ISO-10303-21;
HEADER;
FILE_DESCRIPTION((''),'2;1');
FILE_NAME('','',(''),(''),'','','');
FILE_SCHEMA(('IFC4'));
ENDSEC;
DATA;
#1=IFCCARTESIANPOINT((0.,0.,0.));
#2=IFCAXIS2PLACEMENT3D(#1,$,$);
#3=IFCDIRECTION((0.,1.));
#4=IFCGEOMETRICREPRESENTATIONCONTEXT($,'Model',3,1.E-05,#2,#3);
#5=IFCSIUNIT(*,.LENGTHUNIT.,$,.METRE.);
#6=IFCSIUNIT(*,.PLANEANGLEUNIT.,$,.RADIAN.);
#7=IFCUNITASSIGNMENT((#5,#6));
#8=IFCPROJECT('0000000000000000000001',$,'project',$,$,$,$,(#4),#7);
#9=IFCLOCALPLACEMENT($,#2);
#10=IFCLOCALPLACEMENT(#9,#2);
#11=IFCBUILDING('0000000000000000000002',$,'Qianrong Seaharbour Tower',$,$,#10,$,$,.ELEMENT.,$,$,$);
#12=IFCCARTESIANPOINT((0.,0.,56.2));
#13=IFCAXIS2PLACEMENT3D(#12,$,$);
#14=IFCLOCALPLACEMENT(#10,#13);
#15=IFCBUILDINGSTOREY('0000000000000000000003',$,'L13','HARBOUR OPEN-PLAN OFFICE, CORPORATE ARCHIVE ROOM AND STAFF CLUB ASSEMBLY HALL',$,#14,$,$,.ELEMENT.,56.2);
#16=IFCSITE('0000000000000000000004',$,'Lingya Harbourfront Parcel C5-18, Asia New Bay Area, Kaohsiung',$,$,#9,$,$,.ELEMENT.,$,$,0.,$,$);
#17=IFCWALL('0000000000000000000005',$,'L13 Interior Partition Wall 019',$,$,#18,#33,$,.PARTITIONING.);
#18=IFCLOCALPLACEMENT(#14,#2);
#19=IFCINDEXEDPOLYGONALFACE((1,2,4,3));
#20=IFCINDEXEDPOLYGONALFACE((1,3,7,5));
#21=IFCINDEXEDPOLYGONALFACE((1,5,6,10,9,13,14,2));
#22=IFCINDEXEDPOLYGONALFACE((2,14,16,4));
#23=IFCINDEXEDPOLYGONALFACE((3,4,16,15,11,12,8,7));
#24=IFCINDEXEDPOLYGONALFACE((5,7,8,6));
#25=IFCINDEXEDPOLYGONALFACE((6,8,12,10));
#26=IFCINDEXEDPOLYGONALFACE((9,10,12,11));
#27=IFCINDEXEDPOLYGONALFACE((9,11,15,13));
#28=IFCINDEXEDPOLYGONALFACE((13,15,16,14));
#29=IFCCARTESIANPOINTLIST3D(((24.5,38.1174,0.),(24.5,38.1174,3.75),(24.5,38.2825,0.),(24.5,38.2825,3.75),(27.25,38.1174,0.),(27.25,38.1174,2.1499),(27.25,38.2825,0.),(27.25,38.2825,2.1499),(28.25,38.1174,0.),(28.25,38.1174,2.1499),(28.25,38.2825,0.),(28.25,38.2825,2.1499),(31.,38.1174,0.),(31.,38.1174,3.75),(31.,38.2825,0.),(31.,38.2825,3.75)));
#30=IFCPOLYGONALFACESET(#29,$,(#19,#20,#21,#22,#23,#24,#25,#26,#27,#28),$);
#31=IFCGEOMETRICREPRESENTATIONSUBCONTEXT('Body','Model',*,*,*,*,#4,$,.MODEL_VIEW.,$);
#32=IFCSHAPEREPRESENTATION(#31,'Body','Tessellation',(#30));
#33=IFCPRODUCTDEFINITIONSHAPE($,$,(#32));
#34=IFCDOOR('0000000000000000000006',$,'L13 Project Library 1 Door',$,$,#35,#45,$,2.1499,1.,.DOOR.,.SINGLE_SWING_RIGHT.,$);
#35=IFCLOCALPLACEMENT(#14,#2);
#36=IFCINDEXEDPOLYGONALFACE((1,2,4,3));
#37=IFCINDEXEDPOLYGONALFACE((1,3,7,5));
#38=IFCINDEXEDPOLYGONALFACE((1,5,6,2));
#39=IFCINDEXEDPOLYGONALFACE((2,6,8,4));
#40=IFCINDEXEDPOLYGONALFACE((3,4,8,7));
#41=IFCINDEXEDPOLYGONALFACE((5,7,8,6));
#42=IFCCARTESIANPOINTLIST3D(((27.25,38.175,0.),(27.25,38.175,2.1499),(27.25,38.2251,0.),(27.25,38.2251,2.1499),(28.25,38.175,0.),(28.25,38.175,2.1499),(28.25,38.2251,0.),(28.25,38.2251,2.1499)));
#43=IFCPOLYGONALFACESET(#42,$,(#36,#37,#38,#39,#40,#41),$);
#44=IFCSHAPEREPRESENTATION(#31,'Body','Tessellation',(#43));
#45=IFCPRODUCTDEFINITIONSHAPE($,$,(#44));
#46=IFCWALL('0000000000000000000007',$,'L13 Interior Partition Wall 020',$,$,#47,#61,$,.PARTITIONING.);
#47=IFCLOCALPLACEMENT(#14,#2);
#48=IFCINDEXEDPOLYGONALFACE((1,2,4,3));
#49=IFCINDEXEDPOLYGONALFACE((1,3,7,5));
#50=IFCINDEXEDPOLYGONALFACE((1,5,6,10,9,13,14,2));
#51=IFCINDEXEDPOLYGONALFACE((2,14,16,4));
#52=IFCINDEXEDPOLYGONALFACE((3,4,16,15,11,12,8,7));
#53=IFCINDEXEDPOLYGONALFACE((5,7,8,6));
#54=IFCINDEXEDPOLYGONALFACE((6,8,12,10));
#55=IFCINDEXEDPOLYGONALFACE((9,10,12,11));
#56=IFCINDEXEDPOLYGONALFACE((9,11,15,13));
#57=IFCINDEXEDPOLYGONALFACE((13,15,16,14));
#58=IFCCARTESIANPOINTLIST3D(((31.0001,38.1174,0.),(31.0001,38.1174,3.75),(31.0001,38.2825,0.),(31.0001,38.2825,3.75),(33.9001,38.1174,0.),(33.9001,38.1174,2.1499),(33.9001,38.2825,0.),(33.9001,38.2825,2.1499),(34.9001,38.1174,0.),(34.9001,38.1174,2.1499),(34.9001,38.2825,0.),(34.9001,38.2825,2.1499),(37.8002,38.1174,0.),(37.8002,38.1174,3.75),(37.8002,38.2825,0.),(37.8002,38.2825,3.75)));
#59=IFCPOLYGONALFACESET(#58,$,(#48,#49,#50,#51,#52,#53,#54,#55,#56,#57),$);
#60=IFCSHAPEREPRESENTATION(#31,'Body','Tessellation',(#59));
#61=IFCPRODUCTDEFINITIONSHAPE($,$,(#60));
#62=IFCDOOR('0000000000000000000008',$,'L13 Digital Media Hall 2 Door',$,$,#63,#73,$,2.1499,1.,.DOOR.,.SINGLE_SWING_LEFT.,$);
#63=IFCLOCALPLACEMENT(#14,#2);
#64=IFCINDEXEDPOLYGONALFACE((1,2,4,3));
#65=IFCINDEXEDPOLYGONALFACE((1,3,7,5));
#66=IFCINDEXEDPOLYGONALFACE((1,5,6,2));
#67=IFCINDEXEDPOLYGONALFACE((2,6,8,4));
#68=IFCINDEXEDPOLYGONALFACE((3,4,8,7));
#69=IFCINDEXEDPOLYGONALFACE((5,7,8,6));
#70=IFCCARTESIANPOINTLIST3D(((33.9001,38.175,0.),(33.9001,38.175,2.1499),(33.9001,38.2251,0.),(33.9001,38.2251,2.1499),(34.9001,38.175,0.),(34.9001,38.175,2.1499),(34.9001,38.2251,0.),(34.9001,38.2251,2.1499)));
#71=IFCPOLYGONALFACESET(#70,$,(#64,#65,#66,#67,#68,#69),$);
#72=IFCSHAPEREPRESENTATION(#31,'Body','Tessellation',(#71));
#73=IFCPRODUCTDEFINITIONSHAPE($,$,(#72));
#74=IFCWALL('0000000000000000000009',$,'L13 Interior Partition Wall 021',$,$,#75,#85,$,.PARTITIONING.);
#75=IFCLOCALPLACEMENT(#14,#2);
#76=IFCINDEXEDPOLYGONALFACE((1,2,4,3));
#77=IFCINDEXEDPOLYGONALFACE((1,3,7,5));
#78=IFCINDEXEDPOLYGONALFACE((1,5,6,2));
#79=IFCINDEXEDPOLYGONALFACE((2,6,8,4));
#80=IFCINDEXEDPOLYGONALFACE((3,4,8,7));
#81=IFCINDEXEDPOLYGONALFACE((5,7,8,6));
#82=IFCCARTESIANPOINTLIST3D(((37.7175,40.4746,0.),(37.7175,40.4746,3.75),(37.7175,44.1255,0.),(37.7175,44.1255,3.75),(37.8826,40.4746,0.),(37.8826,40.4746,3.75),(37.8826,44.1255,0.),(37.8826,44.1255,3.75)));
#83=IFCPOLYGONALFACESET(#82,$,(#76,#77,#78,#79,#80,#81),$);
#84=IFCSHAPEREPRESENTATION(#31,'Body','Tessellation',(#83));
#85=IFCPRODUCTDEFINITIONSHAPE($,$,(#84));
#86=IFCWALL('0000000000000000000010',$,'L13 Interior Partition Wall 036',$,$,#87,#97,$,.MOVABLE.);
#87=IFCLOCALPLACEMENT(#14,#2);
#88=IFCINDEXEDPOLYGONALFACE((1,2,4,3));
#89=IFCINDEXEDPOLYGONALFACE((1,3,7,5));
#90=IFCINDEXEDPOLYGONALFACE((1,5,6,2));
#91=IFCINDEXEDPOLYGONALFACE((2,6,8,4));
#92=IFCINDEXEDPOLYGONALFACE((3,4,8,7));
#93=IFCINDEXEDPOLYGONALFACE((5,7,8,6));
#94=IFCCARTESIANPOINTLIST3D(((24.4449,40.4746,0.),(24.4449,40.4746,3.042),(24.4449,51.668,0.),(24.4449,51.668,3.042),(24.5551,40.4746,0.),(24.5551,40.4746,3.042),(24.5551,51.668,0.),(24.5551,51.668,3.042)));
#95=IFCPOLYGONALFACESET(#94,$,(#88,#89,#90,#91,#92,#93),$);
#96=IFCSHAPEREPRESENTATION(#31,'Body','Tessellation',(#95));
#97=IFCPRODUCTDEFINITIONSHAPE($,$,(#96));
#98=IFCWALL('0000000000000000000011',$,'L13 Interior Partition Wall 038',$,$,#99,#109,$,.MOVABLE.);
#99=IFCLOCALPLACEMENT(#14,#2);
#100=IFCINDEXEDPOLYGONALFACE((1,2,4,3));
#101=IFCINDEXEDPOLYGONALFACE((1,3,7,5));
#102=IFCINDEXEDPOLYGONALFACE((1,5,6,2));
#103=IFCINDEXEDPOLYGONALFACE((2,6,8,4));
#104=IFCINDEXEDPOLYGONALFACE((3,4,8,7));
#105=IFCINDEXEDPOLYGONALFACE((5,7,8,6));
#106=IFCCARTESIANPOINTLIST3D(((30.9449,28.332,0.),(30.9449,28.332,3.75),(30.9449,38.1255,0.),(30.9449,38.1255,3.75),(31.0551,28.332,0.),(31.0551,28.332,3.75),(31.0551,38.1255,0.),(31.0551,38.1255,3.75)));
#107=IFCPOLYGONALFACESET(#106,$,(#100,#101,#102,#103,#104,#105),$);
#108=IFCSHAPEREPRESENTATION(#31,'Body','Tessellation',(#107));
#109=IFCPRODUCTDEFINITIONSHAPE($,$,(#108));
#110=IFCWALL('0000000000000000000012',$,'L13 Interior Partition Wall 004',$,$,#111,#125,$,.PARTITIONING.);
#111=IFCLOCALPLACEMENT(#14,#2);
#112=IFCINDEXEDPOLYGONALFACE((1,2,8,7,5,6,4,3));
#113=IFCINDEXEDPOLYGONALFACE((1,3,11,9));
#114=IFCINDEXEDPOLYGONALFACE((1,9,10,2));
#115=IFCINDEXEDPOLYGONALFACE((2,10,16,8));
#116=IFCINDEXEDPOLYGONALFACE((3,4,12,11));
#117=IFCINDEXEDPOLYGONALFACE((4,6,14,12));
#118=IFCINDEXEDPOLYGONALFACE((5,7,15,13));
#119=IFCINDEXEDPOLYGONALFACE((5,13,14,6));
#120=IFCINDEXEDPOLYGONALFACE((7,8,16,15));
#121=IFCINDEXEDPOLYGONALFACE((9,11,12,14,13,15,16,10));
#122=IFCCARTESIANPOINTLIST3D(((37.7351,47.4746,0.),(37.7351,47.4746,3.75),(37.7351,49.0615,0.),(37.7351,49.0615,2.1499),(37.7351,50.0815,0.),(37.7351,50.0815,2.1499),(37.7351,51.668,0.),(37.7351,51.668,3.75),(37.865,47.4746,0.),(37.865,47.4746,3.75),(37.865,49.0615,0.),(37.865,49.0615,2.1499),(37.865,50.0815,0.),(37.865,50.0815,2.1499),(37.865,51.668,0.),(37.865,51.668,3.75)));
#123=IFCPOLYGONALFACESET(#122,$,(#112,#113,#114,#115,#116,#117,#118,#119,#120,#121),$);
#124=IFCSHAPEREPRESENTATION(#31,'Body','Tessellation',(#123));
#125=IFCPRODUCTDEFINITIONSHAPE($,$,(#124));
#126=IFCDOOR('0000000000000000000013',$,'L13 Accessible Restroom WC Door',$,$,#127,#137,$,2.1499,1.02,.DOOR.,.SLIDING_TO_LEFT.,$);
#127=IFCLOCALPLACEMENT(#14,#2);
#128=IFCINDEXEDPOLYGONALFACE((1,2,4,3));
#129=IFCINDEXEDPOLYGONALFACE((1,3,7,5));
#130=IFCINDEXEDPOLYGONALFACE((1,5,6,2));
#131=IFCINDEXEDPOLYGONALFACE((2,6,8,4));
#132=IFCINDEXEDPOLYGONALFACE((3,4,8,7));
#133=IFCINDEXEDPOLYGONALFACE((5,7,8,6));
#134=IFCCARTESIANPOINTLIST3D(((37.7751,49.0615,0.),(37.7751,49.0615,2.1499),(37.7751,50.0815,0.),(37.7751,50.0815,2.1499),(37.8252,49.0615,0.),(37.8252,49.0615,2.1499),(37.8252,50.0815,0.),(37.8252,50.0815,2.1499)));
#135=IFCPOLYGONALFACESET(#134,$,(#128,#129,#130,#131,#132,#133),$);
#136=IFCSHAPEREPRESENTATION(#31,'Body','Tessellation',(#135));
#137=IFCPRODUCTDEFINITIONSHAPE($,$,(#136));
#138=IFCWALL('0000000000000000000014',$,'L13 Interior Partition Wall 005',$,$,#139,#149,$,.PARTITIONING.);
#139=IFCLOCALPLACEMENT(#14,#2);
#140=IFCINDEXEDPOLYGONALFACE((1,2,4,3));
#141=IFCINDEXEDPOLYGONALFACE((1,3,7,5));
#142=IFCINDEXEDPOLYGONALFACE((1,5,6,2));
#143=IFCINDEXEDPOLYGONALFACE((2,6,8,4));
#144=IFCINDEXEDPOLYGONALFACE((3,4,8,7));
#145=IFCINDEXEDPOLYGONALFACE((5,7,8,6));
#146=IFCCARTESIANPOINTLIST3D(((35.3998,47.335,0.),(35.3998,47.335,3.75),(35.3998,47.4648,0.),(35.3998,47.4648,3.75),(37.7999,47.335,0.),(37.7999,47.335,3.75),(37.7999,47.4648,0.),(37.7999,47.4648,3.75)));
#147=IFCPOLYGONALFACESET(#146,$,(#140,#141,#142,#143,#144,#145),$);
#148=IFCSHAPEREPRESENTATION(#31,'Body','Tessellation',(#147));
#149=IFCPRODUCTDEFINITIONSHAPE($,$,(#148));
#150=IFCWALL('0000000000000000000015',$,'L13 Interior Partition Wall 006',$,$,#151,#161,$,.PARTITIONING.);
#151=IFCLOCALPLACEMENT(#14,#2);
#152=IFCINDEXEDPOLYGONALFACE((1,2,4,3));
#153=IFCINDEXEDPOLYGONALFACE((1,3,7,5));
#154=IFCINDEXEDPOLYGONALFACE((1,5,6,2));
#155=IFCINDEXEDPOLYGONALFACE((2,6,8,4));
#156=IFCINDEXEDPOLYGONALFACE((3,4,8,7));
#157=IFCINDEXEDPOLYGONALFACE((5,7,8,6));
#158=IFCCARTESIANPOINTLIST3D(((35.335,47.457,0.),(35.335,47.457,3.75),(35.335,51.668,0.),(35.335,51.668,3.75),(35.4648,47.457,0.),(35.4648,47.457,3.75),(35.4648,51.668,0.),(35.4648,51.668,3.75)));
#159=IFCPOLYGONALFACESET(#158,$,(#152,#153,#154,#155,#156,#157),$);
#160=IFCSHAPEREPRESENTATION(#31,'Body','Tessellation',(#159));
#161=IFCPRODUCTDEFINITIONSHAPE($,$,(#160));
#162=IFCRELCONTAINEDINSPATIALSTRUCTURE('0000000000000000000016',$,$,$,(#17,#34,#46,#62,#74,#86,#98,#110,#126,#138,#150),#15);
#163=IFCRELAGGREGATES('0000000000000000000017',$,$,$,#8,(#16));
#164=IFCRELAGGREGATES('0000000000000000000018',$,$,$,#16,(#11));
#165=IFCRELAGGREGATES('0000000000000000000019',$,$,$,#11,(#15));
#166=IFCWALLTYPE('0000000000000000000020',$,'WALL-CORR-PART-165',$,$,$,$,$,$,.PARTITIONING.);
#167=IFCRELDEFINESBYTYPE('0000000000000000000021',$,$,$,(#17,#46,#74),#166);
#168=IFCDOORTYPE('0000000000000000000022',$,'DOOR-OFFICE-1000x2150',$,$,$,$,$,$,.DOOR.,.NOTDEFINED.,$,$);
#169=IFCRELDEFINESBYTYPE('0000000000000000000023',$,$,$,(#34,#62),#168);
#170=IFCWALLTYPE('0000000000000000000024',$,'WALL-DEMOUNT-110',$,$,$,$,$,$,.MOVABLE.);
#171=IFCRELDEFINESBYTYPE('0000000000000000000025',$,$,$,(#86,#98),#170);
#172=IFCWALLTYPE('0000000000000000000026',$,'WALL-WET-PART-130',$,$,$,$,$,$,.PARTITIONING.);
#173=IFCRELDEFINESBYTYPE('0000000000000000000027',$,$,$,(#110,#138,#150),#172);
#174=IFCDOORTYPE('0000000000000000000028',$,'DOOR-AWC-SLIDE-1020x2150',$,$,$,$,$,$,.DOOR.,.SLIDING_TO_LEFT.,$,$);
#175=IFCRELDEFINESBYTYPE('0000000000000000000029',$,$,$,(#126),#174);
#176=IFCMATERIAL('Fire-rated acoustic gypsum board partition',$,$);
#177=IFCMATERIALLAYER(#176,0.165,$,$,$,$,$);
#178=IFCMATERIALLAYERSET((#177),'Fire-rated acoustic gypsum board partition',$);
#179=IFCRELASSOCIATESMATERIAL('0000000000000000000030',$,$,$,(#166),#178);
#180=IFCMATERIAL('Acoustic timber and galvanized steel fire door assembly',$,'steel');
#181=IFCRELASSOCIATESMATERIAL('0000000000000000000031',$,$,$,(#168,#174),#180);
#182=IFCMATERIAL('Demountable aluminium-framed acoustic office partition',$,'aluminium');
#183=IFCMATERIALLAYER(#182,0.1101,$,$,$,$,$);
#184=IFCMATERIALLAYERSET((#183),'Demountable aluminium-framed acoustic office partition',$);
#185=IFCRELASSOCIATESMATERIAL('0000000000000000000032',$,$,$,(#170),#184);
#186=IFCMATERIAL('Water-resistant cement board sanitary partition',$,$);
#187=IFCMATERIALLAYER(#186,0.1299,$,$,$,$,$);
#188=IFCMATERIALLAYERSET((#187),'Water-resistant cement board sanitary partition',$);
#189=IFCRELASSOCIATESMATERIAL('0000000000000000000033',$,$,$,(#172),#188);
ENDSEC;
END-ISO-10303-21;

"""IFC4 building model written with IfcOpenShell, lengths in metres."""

from ifc_helpers import new_model, si_unit, direction, frame, frame_2d, origin, place, context, subcontext, project, spatial, rectangle, extrude, material, layer, layer_set, type_object, element, fill, save


model = new_model("IFC4")

# Units and contexts
model_context = context("Model", 3, precision=1e-05, world=origin(), true_north=direction((0.0, 1.0)))
body_context = subcontext(model_context, "Body", "Model", "MODEL_VIEW")
ifc_project = project(units=[si_unit("LENGTHUNIT", "METRE"), si_unit("PLANEANGLEUNIT", "RADIAN")], contexts=[model_context])

# Site, building, storey
site_placement = place(None, origin())
site = spatial("IfcSite", under=ifc_project, at=site_placement, Name="Lingya Harbourfront Parcel C5-18, Asia New Bay Area, Kaohsiung", CompositionType="ELEMENT", RefElevation=0.0)
building_placement = place(site_placement, origin())
building = spatial("IfcBuilding", under=site, at=building_placement, Name="Qianrong Seaharbour Tower", CompositionType="ELEMENT")
storey_placement = place(building_placement, frame((0.0, 0.0, 56.2)))
storey = spatial("IfcBuildingStorey", under=building, at=storey_placement, Name="L13", Description="HARBOUR OPEN-PLAN OFFICE, CORPORATE ARCHIVE ROOM AND STAFF CLUB ASSEMBLY HALL", CompositionType="ELEMENT", Elevation=56.2)

# Shared definitions
ifc_material_1 = material(Name="Fire-rated acoustic gypsum board partition")
ifc_layer_1 = layer(ifc_material_1, 0.165)
ifc_layer_set_1 = layer_set([ifc_layer_1], Name="Fire-rated acoustic gypsum board partition")
wall_type_1 = type_object("IfcWallType", Name="WALL-CORR-PART-165", PredefinedType="PARTITIONING", material=ifc_layer_set_1)
ifc_material_2 = material(Name="Acoustic timber and galvanized steel fire door assembly", Category="steel")

# Walls, openings, doors
wall_1_placement = place(storey_placement, frame((31.0, 38.2, 0.0), z_axis=(0.0, 0.0, 1.0), x_axis=(-1.0, 0.0, 0.0)))
wall_1 = element("IfcWall", 1, at=wall_1_placement, inside=storey, type_object=wall_type_1, Name="L13 Interior Partition Wall 019", PredefinedType="PARTITIONING", context=body_context, shape_type="SweptSolid", body=[
    extrude(rectangle(XDim=6.5, YDim=0.165, at=frame_2d((3.25, 0.0))), origin(), (0.0, 0.0, 1.0), 3.75),
])
opening_1_placement = place(wall_1_placement, frame((2.75, 0.0, 0.0)))
opening_1 = element("IfcOpeningElement", 2, at=opening_1_placement, cuts=wall_1, PredefinedType="OPENING", context=body_context, shape_type="SweptSolid", body=[
    extrude(rectangle(XDim=1.0, YDim=2.1499, at=frame_2d((0.5, 1.075))), frame((0.0, 0.0925, 0.0), z_axis=(0.0, -1.0, 0.0), x_axis=(1.0, 0.0, 0.0)), (0.0, 0.0, 1.0), 0.1851),
])
door_type_1 = type_object("IfcDoorType", Name="DOOR-OFFICE-1000x2150", OperationType="NOTDEFINED", PredefinedType="DOOR", material=ifc_material_2)
door_1_placement = place(opening_1_placement, origin())
door_1 = element("IfcDoor", 3, at=door_1_placement, inside=storey, type_object=door_type_1, Name="L13 Project Library 1 Door", OperationType="SINGLE_SWING_RIGHT", OverallHeight=2.1499, OverallWidth=1.0, PredefinedType="DOOR", context=body_context, shape_type="SweptSolid", body=[
    extrude(rectangle(XDim=1.0, YDim=2.1499, at=frame_2d((0.5, 1.075))), frame((0.0, 0.0249, 0.0), z_axis=(0.0, -1.0, 0.0), x_axis=(1.0, 0.0, 0.0)), (0.0, 0.0, 1.0), 0.05),
])
fill(opening_1, door_1)
wall_2_placement = place(storey_placement, frame((37.8, 38.2, 0.0), z_axis=(0.0, 0.0, 1.0), x_axis=(-1.0, 0.0, 0.0)))
wall_2 = element("IfcWall", 4, at=wall_2_placement, inside=storey, type_object=wall_type_1, Name="L13 Interior Partition Wall 020", PredefinedType="PARTITIONING", context=body_context, shape_type="SweptSolid", body=[
    extrude(rectangle(XDim=6.8, YDim=0.165, at=frame_2d((3.3999, 0.0))), origin(), (0.0, 0.0, 1.0), 3.75),
])
opening_2_placement = place(wall_2_placement, frame((2.8999, 0.0, 0.0)))
opening_2 = element("IfcOpeningElement", 5, at=opening_2_placement, cuts=wall_2, PredefinedType="OPENING", context=body_context, shape_type="SweptSolid", body=[
    extrude(rectangle(XDim=1.0, YDim=2.1499, at=frame_2d((0.5, 1.075))), frame((0.0, 0.0925, 0.0), z_axis=(0.0, -1.0, 0.0), x_axis=(1.0, 0.0, 0.0)), (0.0, 0.0, 1.0), 0.1851),
])
door_2_placement = place(opening_2_placement, origin())
door_2 = element("IfcDoor", 6, at=door_2_placement, inside=storey, type_object=door_type_1, Name="L13 Digital Media Hall 2 Door", OperationType="SINGLE_SWING_LEFT", OverallHeight=2.1499, OverallWidth=1.0, PredefinedType="DOOR", context=body_context, shape_type="SweptSolid", body=[
    extrude(rectangle(XDim=1.0, YDim=2.1499, at=frame_2d((0.5, 1.075))), frame((0.0, 0.0249, 0.0), z_axis=(0.0, -1.0, 0.0), x_axis=(1.0, 0.0, 0.0)), (0.0, 0.0, 1.0), 0.05),
])
fill(opening_2, door_2)

# Walls
wall_3_placement = place(storey_placement, frame((37.8, 40.4746, 0.0), z_axis=(0.0, 0.0, 1.0), x_axis=(0.0, 1.0, 0.0)))
element("IfcWall", 7, at=wall_3_placement, inside=storey, type_object=wall_type_1, Name="L13 Interior Partition Wall 021", PredefinedType="PARTITIONING", context=body_context, shape_type="SweptSolid", body=[
    extrude(rectangle(XDim=3.6509, YDim=0.165, at=frame_2d((1.8254, 0.0))), origin(), (0.0, 0.0, 1.0), 3.75),
])
ifc_material_3 = material(Name="Demountable aluminium-framed acoustic office partition", Category="aluminium")
ifc_layer_2 = layer(ifc_material_3, 0.1101)
ifc_layer_set_2 = layer_set([ifc_layer_2], Name="Demountable aluminium-framed acoustic office partition")
wall_type_2 = type_object("IfcWallType", Name="WALL-DEMOUNT-110", PredefinedType="MOVABLE", material=ifc_layer_set_2)
wall_4_placement = place(storey_placement, frame((24.5, 51.668, 0.0), z_axis=(0.0, 0.0, 1.0), x_axis=(0.0, -1.0, 0.0)))
element("IfcWall", 8, at=wall_4_placement, inside=storey, type_object=wall_type_2, Name="L13 Interior Partition Wall 036", PredefinedType="MOVABLE", context=body_context, shape_type="SweptSolid", body=[
    extrude(rectangle(XDim=11.1934, YDim=0.1101, at=frame_2d((5.5967, 0.0))), origin(), (0.0, 0.0, 1.0), 3.042),
])
wall_5_placement = place(storey_placement, frame((31.0, 38.1255, 0.0), z_axis=(0.0, 0.0, 1.0), x_axis=(0.0, -1.0, 0.0)))
element("IfcWall", 9, at=wall_5_placement, inside=storey, type_object=wall_type_2, Name="L13 Interior Partition Wall 038", PredefinedType="MOVABLE", context=body_context, shape_type="SweptSolid", body=[
    extrude(rectangle(XDim=9.7935, YDim=0.1101, at=frame_2d((4.8967, 0.0))), origin(), (0.0, 0.0, 1.0), 3.75),
])

# Wall, opening, door
ifc_material_4 = material(Name="Water-resistant cement board sanitary partition")
ifc_layer_3 = layer(ifc_material_4, 0.1299)
ifc_layer_set_3 = layer_set([ifc_layer_3], Name="Water-resistant cement board sanitary partition")
wall_type_3 = type_object("IfcWallType", Name="WALL-WET-PART-130", PredefinedType="PARTITIONING", material=ifc_layer_set_3)
wall_6_placement = place(storey_placement, frame((37.8, 47.4746, 0.0), z_axis=(0.0, 0.0, 1.0), x_axis=(0.0, 1.0, 0.0)))
wall_6 = element("IfcWall", 10, at=wall_6_placement, inside=storey, type_object=wall_type_3, Name="L13 Interior Partition Wall 004", PredefinedType="PARTITIONING", context=body_context, shape_type="SweptSolid", body=[
    extrude(rectangle(XDim=4.1934, YDim=0.1299, at=frame_2d((2.0967, 0.0))), origin(), (0.0, 0.0, 1.0), 3.75),
])
opening_3_placement = place(wall_6_placement, frame((1.5869, 0.0, 0.0)))
opening_3 = element("IfcOpeningElement", 11, at=opening_3_placement, cuts=wall_6, PredefinedType="OPENING", context=body_context, shape_type="SweptSolid", body=[
    extrude(rectangle(XDim=1.02, YDim=2.1499, at=frame_2d((0.51, 1.075))), frame((0.0, 0.075, 0.0), z_axis=(0.0, -1.0, 0.0), x_axis=(1.0, 0.0, 0.0)), (0.0, 0.0, 1.0), 0.1499),
])
door_type_2 = type_object("IfcDoorType", Name="DOOR-AWC-SLIDE-1020x2150", OperationType="SLIDING_TO_LEFT", PredefinedType="DOOR", material=ifc_material_2)
door_3_placement = place(opening_3_placement, origin())
door_3 = element("IfcDoor", 12, at=door_3_placement, inside=storey, type_object=door_type_2, Name="L13 Accessible Restroom WC Door", OperationType="SLIDING_TO_LEFT", OverallHeight=2.1499, OverallWidth=1.02, PredefinedType="DOOR", context=body_context, shape_type="SweptSolid", body=[
    extrude(rectangle(XDim=1.02, YDim=2.1499, at=frame_2d((0.51, 1.075))), frame((0.0, 0.0249, 0.0), z_axis=(0.0, -1.0, 0.0), x_axis=(1.0, 0.0, 0.0)), (0.0, 0.0, 1.0), 0.05),
])
fill(opening_3, door_3)

# Walls
wall_7_placement = place(storey_placement, frame((37.8, 47.3999, 0.0), z_axis=(0.0, 0.0, 1.0), x_axis=(-1.0, 0.0, 0.0)))
element("IfcWall", 13, at=wall_7_placement, inside=storey, type_object=wall_type_3, Name="L13 Interior Partition Wall 005", PredefinedType="PARTITIONING", context=body_context, shape_type="SweptSolid", body=[
    extrude(rectangle(XDim=2.4001, YDim=0.1299, at=frame_2d((1.2002, 0.0))), origin(), (0.0, 0.0, 1.0), 3.75),
])
wall_8_placement = place(storey_placement, frame((35.3999, 47.457, 0.0), z_axis=(0.0, 0.0, 1.0), x_axis=(0.0, 1.0, 0.0)))
element("IfcWall", 14, at=wall_8_placement, inside=storey, type_object=wall_type_3, Name="L13 Interior Partition Wall 006", PredefinedType="PARTITIONING", context=body_context, shape_type="SweptSolid", body=[
    extrude(rectangle(XDim=4.2109, YDim=0.1299, at=frame_2d((2.1055, 0.0))), origin(), (0.0, 0.0, 1.0), 3.75),
])

save(model, "model.ifc")
